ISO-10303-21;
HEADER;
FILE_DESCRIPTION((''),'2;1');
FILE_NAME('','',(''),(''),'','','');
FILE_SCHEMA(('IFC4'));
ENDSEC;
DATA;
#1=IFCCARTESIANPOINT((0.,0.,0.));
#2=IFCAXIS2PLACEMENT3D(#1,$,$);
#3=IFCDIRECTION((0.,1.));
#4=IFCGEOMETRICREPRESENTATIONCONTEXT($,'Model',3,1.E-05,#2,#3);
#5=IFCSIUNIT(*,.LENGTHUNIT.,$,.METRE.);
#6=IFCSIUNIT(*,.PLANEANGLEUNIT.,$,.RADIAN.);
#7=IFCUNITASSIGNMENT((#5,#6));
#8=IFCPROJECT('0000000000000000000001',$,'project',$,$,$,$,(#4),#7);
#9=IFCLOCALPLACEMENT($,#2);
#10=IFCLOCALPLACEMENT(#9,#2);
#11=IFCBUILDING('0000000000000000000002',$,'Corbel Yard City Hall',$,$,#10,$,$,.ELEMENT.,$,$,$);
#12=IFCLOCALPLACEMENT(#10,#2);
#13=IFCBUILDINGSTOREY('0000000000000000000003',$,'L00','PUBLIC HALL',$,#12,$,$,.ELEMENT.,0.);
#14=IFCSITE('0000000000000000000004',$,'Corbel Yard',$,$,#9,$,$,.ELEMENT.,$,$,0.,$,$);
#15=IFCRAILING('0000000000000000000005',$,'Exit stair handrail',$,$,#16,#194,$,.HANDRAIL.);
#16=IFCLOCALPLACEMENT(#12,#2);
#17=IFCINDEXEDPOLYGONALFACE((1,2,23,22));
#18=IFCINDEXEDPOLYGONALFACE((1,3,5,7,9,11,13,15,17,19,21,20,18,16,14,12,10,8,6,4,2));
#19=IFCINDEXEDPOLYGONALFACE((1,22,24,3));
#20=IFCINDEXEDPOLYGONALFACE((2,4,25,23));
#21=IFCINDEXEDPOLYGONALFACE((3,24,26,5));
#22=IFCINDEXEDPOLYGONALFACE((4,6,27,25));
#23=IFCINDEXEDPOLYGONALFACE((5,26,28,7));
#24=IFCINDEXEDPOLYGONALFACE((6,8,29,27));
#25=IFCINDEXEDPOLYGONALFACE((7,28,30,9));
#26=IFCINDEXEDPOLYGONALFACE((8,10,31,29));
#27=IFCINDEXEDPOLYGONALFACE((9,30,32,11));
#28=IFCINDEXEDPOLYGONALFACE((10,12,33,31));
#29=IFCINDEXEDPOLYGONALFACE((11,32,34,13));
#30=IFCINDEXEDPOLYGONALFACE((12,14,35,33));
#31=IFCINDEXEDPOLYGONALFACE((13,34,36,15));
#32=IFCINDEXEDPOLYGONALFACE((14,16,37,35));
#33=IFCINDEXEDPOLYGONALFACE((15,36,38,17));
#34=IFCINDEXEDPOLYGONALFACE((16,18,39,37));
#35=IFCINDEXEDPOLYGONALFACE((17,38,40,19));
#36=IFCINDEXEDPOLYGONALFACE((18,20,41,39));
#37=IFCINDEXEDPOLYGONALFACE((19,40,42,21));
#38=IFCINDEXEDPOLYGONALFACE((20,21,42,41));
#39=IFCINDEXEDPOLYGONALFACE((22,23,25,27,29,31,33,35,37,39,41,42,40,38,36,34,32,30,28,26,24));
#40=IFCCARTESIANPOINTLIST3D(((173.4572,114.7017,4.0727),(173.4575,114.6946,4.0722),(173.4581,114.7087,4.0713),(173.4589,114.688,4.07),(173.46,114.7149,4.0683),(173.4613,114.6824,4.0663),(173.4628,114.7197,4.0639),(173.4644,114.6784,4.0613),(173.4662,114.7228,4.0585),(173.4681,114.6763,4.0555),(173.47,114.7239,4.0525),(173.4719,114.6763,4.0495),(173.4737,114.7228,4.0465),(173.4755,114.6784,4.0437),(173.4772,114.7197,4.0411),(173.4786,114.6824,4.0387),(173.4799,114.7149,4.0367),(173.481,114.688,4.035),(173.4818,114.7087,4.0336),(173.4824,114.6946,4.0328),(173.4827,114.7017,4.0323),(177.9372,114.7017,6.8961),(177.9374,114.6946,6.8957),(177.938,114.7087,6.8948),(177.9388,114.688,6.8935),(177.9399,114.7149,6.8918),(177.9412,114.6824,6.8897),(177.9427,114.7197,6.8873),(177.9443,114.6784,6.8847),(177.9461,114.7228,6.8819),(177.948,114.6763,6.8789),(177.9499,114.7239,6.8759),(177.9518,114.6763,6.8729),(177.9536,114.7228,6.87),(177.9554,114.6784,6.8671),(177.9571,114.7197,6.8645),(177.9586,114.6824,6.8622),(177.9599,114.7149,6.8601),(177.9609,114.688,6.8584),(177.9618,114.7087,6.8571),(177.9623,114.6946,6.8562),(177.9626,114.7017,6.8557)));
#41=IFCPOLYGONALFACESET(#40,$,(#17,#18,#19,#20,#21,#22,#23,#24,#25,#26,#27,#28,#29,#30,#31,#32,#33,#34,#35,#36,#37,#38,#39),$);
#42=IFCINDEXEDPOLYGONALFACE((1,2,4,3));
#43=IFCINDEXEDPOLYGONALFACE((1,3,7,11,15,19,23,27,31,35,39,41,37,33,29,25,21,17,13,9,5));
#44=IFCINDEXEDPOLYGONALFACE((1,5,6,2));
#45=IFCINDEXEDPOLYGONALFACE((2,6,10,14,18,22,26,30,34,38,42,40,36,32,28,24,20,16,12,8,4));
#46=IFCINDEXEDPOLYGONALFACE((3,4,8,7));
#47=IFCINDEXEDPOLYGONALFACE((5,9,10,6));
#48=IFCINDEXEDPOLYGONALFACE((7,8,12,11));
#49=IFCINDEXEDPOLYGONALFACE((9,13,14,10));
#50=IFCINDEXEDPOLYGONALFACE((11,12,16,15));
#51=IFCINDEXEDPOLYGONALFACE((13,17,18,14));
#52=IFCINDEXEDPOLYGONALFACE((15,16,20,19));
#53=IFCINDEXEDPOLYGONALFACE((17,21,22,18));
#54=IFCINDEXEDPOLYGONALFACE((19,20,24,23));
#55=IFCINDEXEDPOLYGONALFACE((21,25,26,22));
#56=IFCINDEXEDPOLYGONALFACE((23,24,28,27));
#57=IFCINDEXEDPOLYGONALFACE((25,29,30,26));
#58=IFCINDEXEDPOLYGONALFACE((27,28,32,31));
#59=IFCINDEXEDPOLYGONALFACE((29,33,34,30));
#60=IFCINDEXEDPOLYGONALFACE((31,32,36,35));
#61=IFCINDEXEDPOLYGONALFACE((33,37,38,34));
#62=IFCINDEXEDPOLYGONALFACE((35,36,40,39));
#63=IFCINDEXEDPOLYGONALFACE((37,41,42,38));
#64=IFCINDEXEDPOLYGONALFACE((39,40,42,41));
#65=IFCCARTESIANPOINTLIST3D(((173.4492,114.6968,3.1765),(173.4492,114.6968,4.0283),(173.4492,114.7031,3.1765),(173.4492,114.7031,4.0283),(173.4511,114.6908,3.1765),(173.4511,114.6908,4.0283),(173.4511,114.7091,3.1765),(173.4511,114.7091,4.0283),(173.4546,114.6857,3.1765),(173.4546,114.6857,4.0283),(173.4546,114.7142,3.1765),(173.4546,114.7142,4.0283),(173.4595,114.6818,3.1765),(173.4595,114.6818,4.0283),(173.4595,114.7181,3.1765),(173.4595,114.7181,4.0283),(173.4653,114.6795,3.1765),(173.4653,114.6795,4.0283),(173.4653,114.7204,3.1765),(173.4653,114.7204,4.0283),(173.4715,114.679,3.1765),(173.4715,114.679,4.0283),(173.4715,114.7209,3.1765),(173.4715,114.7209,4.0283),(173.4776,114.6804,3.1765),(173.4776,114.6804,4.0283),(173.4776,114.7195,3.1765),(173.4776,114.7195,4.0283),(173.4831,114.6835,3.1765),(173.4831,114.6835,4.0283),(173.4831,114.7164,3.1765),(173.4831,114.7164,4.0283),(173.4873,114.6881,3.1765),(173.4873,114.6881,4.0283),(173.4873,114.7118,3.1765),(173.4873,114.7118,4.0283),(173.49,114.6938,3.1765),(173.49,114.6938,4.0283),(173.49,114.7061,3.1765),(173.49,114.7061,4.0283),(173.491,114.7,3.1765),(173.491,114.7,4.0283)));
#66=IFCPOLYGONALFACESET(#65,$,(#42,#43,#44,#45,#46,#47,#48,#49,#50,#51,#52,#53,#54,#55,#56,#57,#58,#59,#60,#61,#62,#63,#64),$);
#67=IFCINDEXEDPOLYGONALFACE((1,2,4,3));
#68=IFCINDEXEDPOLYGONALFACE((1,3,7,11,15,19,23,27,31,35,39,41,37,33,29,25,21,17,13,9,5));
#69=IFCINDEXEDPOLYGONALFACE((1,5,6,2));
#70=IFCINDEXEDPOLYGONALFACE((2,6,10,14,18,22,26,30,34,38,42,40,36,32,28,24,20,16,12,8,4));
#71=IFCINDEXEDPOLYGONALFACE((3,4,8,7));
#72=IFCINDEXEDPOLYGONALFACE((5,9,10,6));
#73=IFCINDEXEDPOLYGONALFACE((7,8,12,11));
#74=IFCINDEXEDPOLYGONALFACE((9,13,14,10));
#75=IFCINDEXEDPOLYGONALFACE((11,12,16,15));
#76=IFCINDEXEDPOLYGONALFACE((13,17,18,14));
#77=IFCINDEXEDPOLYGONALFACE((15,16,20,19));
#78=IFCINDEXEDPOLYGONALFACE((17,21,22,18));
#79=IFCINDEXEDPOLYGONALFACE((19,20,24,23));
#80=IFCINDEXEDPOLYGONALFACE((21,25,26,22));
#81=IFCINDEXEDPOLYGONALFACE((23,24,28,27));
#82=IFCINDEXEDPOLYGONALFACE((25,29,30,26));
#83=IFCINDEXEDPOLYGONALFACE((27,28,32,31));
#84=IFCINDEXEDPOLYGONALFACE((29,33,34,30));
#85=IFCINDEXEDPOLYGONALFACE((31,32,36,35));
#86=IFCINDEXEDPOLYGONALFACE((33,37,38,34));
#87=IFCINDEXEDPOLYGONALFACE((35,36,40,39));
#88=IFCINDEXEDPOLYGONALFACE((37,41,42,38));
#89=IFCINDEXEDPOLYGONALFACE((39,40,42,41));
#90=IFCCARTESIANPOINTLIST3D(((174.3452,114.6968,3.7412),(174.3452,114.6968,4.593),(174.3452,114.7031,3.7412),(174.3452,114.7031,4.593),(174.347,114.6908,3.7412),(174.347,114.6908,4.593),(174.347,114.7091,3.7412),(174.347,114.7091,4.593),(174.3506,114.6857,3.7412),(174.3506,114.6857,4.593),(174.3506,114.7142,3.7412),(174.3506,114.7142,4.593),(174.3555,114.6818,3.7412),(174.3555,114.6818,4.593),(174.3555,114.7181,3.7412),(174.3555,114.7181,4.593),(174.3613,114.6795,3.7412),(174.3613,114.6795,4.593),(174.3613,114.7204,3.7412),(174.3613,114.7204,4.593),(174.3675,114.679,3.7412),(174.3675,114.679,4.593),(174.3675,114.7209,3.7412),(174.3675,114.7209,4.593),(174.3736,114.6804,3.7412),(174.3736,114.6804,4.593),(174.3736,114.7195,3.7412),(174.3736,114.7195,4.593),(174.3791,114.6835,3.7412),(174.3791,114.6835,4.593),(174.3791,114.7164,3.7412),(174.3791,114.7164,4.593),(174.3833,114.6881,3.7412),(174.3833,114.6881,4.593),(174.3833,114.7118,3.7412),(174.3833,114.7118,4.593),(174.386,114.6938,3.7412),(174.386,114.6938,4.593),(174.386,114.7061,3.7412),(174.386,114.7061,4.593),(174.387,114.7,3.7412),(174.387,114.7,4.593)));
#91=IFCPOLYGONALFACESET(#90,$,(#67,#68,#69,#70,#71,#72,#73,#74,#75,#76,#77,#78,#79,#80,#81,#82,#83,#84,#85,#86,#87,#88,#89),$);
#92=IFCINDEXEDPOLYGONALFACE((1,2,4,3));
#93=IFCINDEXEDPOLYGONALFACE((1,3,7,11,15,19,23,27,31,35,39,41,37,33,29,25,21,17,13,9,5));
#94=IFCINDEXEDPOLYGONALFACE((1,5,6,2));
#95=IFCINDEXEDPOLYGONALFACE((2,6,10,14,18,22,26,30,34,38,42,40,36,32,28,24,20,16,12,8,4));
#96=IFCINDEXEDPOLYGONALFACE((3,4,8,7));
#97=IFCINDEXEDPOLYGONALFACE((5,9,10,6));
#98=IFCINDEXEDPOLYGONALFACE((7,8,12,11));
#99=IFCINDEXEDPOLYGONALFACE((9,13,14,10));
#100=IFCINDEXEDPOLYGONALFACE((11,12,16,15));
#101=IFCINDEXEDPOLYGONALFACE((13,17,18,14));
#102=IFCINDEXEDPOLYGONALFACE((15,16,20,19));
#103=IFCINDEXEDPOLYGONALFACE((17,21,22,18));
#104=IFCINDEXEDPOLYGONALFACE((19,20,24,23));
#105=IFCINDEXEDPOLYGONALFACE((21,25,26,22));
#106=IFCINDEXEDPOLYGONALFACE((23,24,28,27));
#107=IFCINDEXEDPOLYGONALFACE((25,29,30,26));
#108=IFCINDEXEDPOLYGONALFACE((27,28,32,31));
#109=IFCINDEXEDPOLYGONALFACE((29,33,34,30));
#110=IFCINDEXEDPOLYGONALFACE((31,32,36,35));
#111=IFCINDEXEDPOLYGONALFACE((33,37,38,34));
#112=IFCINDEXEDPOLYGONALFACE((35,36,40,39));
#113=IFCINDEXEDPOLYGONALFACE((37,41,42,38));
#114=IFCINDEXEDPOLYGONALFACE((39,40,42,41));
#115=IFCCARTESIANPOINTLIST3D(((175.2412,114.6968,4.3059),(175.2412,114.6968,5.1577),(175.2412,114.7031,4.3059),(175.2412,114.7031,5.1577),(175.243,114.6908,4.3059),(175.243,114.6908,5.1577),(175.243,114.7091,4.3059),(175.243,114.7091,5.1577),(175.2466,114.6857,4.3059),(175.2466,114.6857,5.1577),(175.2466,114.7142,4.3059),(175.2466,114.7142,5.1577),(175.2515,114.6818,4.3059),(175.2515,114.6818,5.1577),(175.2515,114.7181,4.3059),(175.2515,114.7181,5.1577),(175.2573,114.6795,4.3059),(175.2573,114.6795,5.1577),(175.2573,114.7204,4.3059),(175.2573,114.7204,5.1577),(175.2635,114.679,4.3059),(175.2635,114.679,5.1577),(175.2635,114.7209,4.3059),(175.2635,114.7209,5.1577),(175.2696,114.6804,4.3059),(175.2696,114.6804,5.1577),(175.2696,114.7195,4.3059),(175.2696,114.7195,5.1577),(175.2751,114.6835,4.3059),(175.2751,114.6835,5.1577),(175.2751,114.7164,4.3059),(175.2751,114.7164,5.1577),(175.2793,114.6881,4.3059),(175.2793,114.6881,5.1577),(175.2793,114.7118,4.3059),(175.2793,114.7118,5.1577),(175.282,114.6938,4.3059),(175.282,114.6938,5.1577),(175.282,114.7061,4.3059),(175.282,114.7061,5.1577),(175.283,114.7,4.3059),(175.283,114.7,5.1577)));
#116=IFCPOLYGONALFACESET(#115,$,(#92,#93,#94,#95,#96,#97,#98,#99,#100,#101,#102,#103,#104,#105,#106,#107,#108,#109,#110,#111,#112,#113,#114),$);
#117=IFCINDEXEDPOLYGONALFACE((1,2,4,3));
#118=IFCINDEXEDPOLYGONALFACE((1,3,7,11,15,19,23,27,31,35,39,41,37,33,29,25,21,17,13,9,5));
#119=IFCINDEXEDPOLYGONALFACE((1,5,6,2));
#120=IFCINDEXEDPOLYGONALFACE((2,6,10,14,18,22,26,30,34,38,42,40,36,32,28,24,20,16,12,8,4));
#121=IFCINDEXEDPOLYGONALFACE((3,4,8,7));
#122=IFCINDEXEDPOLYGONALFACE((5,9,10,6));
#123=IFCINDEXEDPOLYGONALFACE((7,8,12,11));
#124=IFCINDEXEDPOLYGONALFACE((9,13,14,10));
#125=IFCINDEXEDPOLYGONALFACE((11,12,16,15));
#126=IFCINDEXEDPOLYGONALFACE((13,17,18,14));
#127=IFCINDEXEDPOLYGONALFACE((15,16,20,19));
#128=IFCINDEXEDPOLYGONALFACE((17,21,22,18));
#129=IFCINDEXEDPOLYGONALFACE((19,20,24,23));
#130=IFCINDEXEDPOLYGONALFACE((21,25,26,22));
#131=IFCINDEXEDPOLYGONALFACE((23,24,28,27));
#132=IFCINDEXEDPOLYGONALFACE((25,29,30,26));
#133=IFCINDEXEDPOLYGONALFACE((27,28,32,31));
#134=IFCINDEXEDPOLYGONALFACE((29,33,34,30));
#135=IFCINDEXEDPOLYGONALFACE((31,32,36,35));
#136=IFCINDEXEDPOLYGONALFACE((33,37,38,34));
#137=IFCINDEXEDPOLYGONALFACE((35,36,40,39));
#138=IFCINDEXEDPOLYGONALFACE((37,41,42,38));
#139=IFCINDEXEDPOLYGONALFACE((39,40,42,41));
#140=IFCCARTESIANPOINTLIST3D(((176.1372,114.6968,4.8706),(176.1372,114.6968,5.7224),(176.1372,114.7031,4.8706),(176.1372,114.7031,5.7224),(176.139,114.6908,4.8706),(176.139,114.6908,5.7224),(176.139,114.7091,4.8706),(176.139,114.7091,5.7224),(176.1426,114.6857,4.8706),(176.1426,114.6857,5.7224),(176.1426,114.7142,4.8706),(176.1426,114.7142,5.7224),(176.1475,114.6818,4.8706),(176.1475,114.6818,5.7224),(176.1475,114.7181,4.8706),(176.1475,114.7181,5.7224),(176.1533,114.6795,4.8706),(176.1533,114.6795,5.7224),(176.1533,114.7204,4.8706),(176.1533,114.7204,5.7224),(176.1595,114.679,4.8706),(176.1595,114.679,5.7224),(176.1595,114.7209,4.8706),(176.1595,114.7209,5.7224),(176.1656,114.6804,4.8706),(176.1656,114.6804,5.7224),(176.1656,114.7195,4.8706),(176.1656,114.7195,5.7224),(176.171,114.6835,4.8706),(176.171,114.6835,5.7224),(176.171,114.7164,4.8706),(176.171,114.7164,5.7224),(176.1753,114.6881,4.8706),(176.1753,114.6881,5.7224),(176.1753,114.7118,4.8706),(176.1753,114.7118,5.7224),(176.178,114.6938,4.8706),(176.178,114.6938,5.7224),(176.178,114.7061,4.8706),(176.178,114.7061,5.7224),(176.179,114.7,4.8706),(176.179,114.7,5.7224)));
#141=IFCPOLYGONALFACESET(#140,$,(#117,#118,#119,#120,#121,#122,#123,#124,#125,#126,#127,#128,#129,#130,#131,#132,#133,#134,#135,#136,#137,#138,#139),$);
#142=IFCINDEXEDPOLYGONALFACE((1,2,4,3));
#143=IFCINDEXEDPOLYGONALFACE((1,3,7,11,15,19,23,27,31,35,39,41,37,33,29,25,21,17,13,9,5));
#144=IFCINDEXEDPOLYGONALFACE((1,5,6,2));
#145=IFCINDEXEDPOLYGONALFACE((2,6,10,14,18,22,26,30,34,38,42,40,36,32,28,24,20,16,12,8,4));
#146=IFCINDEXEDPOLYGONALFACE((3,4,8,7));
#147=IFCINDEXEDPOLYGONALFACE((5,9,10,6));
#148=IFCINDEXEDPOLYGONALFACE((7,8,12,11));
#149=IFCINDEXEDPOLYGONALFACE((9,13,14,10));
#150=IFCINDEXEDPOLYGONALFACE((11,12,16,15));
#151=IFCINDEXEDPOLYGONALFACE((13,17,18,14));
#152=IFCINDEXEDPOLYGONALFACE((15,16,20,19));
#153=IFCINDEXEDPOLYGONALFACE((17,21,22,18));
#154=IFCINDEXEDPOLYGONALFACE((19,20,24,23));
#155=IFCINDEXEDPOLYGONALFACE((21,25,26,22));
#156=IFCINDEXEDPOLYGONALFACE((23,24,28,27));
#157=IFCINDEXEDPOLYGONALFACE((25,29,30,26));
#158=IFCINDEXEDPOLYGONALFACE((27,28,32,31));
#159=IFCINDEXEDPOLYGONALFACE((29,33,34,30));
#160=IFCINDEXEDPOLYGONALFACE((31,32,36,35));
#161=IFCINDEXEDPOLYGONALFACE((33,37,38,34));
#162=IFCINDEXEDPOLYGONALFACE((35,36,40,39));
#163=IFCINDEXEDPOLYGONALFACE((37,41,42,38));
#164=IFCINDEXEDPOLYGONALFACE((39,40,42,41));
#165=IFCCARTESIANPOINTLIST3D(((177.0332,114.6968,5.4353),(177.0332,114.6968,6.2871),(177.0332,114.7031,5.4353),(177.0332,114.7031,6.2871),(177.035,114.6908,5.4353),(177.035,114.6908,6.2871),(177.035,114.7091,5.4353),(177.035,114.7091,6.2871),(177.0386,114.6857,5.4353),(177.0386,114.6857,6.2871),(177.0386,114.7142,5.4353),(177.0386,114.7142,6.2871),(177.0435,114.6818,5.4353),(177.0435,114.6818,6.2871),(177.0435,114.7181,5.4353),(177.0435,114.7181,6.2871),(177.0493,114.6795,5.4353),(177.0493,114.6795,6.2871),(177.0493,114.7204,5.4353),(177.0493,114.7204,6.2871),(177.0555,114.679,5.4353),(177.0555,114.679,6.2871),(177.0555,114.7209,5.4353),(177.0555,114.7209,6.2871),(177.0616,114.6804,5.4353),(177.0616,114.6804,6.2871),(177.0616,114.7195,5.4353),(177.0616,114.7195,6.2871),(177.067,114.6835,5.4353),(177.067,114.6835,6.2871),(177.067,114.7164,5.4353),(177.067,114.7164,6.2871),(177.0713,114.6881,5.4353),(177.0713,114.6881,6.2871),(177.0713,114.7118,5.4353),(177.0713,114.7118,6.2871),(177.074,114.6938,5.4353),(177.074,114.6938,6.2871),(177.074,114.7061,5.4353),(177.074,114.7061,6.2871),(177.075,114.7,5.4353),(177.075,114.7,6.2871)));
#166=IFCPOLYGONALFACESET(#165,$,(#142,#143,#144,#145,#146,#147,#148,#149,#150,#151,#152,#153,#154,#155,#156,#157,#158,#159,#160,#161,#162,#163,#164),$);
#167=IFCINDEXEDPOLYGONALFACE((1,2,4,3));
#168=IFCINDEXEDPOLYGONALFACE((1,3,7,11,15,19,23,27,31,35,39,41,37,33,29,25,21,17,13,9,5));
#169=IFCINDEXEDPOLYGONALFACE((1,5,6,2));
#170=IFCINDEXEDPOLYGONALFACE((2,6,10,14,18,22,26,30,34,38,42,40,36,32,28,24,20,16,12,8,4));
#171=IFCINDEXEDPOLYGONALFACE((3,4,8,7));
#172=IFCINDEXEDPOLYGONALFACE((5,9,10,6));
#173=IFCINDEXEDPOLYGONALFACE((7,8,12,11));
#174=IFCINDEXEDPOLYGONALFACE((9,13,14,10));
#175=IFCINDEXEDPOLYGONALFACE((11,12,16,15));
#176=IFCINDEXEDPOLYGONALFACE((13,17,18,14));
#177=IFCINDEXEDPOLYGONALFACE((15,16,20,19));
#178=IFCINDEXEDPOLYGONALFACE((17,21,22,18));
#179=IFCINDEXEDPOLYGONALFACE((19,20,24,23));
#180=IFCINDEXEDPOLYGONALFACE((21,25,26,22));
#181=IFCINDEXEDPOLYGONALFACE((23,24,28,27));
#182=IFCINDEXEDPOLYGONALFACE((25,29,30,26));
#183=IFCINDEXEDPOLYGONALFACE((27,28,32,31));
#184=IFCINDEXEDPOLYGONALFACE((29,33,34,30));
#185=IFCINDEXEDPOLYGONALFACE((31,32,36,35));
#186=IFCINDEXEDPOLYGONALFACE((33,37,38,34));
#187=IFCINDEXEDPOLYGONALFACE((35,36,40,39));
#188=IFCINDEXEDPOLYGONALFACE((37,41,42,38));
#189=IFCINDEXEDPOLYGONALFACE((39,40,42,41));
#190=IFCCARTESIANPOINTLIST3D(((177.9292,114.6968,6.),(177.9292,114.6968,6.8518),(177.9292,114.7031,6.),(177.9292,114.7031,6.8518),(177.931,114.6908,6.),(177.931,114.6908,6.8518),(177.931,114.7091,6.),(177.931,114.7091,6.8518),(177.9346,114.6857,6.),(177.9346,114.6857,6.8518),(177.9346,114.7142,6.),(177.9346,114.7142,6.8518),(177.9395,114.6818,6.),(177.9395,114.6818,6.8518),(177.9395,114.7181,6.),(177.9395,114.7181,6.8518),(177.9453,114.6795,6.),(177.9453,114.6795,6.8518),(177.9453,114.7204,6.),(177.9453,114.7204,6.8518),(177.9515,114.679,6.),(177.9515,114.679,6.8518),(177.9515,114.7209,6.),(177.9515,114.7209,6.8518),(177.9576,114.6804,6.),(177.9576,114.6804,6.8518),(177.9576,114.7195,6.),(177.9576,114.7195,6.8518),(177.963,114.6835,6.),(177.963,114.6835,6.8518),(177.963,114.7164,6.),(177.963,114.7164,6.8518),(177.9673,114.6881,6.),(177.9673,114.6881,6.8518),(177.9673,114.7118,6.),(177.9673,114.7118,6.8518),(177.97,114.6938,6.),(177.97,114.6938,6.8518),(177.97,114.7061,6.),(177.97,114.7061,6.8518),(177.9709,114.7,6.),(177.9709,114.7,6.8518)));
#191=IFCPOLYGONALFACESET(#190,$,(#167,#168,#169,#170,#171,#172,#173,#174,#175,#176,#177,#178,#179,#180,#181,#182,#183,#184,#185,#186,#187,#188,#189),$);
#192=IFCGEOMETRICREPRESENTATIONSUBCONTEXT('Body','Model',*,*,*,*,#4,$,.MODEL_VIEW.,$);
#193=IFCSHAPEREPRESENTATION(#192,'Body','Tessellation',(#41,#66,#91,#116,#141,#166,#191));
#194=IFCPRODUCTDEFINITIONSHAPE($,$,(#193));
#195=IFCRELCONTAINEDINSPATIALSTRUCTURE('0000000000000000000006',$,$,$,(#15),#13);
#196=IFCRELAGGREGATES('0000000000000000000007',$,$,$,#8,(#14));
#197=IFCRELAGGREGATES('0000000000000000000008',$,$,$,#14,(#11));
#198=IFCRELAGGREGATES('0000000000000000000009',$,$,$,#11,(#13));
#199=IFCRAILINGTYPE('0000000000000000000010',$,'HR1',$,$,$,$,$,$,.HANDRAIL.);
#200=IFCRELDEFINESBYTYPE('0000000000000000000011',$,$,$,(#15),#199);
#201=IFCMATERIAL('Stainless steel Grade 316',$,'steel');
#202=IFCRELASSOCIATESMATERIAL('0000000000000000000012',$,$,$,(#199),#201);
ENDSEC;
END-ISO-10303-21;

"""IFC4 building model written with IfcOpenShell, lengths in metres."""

from ifc_helpers import new_model, si_unit, direction, frame, origin, origin_2d, place, context, subcontext, project, spatial, circle, extrude, material, type_object, element, save


model = new_model("IFC4")

# Units and contexts
model_context = context("Model", 3, precision=1e-05, world=origin(), true_north=direction((0.0, 1.0)))
body_context = subcontext(model_context, "Body", "Model", "MODEL_VIEW")
ifc_project = project(units=[si_unit("LENGTHUNIT", "METRE"), si_unit("PLANEANGLEUNIT", "RADIAN")], contexts=[model_context])

# Site, building, storey
site_placement = place(None, origin())
site = spatial("IfcSite", under=ifc_project, at=site_placement, Name="Corbel Yard", CompositionType="ELEMENT", RefElevation=0.0)
building_placement = place(site_placement, origin())
building = spatial("IfcBuilding", under=site, at=building_placement, Name="Corbel Yard City Hall", CompositionType="ELEMENT")
storey_placement = place(building_placement, origin())
storey = spatial("IfcBuildingStorey", under=building, at=storey_placement, Name="L00", Description="PUBLIC HALL", CompositionType="ELEMENT", Elevation=0.0)

# Shared definitions
ifc_material_1 = material(Name="Stainless steel Grade 316", Category="steel")

# Railing
railing_type = type_object("IfcRailingType", Name="HR1", PredefinedType="HANDRAIL", material=ifc_material_1)
for number, where, name in (
    (1, (173.47, 114.7, 3.1765), "Exit stair handrail"),
):
    element("IfcRailing", number, at=place(storey_placement, frame(where)), inside=storey, type_object=railing_type, Name=name, PredefinedType="HANDRAIL", context=body_context, shape_type="SweptSolid", body=[
        extrude(circle(Radius=0.0239, at=origin_2d()), frame((0.0, 0.0, 0.876), z_axis=(0.845998, 0.0, 0.533186), x_axis=(0.0, 1.0, 0.0)), (0.0, 0.0, 1.0), 5.2954),
        extrude(circle(Radius=0.021, at=origin_2d()), origin(), (0.0, 0.0, 1.0), 0.8518),
        extrude(circle(Radius=0.021, at=origin_2d()), frame((0.896, 0.0, 0.5647)), (0.0, 0.0, 1.0), 0.8518),
        extrude(circle(Radius=0.021, at=origin_2d()), frame((1.792, 0.0, 1.1294)), (0.0, 0.0, 1.0), 0.8518),
        extrude(circle(Radius=0.021, at=origin_2d()), frame((2.688, 0.0, 1.6941)), (0.0, 0.0, 1.0), 0.8518),
        extrude(circle(Radius=0.021, at=origin_2d()), frame((3.584, 0.0, 2.2588)), (0.0, 0.0, 1.0), 0.8518),
        extrude(circle(Radius=0.021, at=origin_2d()), frame((4.48, 0.0, 2.8235)), (0.0, 0.0, 1.0), 0.8518),
    ])

save(model, "model.ifc")
